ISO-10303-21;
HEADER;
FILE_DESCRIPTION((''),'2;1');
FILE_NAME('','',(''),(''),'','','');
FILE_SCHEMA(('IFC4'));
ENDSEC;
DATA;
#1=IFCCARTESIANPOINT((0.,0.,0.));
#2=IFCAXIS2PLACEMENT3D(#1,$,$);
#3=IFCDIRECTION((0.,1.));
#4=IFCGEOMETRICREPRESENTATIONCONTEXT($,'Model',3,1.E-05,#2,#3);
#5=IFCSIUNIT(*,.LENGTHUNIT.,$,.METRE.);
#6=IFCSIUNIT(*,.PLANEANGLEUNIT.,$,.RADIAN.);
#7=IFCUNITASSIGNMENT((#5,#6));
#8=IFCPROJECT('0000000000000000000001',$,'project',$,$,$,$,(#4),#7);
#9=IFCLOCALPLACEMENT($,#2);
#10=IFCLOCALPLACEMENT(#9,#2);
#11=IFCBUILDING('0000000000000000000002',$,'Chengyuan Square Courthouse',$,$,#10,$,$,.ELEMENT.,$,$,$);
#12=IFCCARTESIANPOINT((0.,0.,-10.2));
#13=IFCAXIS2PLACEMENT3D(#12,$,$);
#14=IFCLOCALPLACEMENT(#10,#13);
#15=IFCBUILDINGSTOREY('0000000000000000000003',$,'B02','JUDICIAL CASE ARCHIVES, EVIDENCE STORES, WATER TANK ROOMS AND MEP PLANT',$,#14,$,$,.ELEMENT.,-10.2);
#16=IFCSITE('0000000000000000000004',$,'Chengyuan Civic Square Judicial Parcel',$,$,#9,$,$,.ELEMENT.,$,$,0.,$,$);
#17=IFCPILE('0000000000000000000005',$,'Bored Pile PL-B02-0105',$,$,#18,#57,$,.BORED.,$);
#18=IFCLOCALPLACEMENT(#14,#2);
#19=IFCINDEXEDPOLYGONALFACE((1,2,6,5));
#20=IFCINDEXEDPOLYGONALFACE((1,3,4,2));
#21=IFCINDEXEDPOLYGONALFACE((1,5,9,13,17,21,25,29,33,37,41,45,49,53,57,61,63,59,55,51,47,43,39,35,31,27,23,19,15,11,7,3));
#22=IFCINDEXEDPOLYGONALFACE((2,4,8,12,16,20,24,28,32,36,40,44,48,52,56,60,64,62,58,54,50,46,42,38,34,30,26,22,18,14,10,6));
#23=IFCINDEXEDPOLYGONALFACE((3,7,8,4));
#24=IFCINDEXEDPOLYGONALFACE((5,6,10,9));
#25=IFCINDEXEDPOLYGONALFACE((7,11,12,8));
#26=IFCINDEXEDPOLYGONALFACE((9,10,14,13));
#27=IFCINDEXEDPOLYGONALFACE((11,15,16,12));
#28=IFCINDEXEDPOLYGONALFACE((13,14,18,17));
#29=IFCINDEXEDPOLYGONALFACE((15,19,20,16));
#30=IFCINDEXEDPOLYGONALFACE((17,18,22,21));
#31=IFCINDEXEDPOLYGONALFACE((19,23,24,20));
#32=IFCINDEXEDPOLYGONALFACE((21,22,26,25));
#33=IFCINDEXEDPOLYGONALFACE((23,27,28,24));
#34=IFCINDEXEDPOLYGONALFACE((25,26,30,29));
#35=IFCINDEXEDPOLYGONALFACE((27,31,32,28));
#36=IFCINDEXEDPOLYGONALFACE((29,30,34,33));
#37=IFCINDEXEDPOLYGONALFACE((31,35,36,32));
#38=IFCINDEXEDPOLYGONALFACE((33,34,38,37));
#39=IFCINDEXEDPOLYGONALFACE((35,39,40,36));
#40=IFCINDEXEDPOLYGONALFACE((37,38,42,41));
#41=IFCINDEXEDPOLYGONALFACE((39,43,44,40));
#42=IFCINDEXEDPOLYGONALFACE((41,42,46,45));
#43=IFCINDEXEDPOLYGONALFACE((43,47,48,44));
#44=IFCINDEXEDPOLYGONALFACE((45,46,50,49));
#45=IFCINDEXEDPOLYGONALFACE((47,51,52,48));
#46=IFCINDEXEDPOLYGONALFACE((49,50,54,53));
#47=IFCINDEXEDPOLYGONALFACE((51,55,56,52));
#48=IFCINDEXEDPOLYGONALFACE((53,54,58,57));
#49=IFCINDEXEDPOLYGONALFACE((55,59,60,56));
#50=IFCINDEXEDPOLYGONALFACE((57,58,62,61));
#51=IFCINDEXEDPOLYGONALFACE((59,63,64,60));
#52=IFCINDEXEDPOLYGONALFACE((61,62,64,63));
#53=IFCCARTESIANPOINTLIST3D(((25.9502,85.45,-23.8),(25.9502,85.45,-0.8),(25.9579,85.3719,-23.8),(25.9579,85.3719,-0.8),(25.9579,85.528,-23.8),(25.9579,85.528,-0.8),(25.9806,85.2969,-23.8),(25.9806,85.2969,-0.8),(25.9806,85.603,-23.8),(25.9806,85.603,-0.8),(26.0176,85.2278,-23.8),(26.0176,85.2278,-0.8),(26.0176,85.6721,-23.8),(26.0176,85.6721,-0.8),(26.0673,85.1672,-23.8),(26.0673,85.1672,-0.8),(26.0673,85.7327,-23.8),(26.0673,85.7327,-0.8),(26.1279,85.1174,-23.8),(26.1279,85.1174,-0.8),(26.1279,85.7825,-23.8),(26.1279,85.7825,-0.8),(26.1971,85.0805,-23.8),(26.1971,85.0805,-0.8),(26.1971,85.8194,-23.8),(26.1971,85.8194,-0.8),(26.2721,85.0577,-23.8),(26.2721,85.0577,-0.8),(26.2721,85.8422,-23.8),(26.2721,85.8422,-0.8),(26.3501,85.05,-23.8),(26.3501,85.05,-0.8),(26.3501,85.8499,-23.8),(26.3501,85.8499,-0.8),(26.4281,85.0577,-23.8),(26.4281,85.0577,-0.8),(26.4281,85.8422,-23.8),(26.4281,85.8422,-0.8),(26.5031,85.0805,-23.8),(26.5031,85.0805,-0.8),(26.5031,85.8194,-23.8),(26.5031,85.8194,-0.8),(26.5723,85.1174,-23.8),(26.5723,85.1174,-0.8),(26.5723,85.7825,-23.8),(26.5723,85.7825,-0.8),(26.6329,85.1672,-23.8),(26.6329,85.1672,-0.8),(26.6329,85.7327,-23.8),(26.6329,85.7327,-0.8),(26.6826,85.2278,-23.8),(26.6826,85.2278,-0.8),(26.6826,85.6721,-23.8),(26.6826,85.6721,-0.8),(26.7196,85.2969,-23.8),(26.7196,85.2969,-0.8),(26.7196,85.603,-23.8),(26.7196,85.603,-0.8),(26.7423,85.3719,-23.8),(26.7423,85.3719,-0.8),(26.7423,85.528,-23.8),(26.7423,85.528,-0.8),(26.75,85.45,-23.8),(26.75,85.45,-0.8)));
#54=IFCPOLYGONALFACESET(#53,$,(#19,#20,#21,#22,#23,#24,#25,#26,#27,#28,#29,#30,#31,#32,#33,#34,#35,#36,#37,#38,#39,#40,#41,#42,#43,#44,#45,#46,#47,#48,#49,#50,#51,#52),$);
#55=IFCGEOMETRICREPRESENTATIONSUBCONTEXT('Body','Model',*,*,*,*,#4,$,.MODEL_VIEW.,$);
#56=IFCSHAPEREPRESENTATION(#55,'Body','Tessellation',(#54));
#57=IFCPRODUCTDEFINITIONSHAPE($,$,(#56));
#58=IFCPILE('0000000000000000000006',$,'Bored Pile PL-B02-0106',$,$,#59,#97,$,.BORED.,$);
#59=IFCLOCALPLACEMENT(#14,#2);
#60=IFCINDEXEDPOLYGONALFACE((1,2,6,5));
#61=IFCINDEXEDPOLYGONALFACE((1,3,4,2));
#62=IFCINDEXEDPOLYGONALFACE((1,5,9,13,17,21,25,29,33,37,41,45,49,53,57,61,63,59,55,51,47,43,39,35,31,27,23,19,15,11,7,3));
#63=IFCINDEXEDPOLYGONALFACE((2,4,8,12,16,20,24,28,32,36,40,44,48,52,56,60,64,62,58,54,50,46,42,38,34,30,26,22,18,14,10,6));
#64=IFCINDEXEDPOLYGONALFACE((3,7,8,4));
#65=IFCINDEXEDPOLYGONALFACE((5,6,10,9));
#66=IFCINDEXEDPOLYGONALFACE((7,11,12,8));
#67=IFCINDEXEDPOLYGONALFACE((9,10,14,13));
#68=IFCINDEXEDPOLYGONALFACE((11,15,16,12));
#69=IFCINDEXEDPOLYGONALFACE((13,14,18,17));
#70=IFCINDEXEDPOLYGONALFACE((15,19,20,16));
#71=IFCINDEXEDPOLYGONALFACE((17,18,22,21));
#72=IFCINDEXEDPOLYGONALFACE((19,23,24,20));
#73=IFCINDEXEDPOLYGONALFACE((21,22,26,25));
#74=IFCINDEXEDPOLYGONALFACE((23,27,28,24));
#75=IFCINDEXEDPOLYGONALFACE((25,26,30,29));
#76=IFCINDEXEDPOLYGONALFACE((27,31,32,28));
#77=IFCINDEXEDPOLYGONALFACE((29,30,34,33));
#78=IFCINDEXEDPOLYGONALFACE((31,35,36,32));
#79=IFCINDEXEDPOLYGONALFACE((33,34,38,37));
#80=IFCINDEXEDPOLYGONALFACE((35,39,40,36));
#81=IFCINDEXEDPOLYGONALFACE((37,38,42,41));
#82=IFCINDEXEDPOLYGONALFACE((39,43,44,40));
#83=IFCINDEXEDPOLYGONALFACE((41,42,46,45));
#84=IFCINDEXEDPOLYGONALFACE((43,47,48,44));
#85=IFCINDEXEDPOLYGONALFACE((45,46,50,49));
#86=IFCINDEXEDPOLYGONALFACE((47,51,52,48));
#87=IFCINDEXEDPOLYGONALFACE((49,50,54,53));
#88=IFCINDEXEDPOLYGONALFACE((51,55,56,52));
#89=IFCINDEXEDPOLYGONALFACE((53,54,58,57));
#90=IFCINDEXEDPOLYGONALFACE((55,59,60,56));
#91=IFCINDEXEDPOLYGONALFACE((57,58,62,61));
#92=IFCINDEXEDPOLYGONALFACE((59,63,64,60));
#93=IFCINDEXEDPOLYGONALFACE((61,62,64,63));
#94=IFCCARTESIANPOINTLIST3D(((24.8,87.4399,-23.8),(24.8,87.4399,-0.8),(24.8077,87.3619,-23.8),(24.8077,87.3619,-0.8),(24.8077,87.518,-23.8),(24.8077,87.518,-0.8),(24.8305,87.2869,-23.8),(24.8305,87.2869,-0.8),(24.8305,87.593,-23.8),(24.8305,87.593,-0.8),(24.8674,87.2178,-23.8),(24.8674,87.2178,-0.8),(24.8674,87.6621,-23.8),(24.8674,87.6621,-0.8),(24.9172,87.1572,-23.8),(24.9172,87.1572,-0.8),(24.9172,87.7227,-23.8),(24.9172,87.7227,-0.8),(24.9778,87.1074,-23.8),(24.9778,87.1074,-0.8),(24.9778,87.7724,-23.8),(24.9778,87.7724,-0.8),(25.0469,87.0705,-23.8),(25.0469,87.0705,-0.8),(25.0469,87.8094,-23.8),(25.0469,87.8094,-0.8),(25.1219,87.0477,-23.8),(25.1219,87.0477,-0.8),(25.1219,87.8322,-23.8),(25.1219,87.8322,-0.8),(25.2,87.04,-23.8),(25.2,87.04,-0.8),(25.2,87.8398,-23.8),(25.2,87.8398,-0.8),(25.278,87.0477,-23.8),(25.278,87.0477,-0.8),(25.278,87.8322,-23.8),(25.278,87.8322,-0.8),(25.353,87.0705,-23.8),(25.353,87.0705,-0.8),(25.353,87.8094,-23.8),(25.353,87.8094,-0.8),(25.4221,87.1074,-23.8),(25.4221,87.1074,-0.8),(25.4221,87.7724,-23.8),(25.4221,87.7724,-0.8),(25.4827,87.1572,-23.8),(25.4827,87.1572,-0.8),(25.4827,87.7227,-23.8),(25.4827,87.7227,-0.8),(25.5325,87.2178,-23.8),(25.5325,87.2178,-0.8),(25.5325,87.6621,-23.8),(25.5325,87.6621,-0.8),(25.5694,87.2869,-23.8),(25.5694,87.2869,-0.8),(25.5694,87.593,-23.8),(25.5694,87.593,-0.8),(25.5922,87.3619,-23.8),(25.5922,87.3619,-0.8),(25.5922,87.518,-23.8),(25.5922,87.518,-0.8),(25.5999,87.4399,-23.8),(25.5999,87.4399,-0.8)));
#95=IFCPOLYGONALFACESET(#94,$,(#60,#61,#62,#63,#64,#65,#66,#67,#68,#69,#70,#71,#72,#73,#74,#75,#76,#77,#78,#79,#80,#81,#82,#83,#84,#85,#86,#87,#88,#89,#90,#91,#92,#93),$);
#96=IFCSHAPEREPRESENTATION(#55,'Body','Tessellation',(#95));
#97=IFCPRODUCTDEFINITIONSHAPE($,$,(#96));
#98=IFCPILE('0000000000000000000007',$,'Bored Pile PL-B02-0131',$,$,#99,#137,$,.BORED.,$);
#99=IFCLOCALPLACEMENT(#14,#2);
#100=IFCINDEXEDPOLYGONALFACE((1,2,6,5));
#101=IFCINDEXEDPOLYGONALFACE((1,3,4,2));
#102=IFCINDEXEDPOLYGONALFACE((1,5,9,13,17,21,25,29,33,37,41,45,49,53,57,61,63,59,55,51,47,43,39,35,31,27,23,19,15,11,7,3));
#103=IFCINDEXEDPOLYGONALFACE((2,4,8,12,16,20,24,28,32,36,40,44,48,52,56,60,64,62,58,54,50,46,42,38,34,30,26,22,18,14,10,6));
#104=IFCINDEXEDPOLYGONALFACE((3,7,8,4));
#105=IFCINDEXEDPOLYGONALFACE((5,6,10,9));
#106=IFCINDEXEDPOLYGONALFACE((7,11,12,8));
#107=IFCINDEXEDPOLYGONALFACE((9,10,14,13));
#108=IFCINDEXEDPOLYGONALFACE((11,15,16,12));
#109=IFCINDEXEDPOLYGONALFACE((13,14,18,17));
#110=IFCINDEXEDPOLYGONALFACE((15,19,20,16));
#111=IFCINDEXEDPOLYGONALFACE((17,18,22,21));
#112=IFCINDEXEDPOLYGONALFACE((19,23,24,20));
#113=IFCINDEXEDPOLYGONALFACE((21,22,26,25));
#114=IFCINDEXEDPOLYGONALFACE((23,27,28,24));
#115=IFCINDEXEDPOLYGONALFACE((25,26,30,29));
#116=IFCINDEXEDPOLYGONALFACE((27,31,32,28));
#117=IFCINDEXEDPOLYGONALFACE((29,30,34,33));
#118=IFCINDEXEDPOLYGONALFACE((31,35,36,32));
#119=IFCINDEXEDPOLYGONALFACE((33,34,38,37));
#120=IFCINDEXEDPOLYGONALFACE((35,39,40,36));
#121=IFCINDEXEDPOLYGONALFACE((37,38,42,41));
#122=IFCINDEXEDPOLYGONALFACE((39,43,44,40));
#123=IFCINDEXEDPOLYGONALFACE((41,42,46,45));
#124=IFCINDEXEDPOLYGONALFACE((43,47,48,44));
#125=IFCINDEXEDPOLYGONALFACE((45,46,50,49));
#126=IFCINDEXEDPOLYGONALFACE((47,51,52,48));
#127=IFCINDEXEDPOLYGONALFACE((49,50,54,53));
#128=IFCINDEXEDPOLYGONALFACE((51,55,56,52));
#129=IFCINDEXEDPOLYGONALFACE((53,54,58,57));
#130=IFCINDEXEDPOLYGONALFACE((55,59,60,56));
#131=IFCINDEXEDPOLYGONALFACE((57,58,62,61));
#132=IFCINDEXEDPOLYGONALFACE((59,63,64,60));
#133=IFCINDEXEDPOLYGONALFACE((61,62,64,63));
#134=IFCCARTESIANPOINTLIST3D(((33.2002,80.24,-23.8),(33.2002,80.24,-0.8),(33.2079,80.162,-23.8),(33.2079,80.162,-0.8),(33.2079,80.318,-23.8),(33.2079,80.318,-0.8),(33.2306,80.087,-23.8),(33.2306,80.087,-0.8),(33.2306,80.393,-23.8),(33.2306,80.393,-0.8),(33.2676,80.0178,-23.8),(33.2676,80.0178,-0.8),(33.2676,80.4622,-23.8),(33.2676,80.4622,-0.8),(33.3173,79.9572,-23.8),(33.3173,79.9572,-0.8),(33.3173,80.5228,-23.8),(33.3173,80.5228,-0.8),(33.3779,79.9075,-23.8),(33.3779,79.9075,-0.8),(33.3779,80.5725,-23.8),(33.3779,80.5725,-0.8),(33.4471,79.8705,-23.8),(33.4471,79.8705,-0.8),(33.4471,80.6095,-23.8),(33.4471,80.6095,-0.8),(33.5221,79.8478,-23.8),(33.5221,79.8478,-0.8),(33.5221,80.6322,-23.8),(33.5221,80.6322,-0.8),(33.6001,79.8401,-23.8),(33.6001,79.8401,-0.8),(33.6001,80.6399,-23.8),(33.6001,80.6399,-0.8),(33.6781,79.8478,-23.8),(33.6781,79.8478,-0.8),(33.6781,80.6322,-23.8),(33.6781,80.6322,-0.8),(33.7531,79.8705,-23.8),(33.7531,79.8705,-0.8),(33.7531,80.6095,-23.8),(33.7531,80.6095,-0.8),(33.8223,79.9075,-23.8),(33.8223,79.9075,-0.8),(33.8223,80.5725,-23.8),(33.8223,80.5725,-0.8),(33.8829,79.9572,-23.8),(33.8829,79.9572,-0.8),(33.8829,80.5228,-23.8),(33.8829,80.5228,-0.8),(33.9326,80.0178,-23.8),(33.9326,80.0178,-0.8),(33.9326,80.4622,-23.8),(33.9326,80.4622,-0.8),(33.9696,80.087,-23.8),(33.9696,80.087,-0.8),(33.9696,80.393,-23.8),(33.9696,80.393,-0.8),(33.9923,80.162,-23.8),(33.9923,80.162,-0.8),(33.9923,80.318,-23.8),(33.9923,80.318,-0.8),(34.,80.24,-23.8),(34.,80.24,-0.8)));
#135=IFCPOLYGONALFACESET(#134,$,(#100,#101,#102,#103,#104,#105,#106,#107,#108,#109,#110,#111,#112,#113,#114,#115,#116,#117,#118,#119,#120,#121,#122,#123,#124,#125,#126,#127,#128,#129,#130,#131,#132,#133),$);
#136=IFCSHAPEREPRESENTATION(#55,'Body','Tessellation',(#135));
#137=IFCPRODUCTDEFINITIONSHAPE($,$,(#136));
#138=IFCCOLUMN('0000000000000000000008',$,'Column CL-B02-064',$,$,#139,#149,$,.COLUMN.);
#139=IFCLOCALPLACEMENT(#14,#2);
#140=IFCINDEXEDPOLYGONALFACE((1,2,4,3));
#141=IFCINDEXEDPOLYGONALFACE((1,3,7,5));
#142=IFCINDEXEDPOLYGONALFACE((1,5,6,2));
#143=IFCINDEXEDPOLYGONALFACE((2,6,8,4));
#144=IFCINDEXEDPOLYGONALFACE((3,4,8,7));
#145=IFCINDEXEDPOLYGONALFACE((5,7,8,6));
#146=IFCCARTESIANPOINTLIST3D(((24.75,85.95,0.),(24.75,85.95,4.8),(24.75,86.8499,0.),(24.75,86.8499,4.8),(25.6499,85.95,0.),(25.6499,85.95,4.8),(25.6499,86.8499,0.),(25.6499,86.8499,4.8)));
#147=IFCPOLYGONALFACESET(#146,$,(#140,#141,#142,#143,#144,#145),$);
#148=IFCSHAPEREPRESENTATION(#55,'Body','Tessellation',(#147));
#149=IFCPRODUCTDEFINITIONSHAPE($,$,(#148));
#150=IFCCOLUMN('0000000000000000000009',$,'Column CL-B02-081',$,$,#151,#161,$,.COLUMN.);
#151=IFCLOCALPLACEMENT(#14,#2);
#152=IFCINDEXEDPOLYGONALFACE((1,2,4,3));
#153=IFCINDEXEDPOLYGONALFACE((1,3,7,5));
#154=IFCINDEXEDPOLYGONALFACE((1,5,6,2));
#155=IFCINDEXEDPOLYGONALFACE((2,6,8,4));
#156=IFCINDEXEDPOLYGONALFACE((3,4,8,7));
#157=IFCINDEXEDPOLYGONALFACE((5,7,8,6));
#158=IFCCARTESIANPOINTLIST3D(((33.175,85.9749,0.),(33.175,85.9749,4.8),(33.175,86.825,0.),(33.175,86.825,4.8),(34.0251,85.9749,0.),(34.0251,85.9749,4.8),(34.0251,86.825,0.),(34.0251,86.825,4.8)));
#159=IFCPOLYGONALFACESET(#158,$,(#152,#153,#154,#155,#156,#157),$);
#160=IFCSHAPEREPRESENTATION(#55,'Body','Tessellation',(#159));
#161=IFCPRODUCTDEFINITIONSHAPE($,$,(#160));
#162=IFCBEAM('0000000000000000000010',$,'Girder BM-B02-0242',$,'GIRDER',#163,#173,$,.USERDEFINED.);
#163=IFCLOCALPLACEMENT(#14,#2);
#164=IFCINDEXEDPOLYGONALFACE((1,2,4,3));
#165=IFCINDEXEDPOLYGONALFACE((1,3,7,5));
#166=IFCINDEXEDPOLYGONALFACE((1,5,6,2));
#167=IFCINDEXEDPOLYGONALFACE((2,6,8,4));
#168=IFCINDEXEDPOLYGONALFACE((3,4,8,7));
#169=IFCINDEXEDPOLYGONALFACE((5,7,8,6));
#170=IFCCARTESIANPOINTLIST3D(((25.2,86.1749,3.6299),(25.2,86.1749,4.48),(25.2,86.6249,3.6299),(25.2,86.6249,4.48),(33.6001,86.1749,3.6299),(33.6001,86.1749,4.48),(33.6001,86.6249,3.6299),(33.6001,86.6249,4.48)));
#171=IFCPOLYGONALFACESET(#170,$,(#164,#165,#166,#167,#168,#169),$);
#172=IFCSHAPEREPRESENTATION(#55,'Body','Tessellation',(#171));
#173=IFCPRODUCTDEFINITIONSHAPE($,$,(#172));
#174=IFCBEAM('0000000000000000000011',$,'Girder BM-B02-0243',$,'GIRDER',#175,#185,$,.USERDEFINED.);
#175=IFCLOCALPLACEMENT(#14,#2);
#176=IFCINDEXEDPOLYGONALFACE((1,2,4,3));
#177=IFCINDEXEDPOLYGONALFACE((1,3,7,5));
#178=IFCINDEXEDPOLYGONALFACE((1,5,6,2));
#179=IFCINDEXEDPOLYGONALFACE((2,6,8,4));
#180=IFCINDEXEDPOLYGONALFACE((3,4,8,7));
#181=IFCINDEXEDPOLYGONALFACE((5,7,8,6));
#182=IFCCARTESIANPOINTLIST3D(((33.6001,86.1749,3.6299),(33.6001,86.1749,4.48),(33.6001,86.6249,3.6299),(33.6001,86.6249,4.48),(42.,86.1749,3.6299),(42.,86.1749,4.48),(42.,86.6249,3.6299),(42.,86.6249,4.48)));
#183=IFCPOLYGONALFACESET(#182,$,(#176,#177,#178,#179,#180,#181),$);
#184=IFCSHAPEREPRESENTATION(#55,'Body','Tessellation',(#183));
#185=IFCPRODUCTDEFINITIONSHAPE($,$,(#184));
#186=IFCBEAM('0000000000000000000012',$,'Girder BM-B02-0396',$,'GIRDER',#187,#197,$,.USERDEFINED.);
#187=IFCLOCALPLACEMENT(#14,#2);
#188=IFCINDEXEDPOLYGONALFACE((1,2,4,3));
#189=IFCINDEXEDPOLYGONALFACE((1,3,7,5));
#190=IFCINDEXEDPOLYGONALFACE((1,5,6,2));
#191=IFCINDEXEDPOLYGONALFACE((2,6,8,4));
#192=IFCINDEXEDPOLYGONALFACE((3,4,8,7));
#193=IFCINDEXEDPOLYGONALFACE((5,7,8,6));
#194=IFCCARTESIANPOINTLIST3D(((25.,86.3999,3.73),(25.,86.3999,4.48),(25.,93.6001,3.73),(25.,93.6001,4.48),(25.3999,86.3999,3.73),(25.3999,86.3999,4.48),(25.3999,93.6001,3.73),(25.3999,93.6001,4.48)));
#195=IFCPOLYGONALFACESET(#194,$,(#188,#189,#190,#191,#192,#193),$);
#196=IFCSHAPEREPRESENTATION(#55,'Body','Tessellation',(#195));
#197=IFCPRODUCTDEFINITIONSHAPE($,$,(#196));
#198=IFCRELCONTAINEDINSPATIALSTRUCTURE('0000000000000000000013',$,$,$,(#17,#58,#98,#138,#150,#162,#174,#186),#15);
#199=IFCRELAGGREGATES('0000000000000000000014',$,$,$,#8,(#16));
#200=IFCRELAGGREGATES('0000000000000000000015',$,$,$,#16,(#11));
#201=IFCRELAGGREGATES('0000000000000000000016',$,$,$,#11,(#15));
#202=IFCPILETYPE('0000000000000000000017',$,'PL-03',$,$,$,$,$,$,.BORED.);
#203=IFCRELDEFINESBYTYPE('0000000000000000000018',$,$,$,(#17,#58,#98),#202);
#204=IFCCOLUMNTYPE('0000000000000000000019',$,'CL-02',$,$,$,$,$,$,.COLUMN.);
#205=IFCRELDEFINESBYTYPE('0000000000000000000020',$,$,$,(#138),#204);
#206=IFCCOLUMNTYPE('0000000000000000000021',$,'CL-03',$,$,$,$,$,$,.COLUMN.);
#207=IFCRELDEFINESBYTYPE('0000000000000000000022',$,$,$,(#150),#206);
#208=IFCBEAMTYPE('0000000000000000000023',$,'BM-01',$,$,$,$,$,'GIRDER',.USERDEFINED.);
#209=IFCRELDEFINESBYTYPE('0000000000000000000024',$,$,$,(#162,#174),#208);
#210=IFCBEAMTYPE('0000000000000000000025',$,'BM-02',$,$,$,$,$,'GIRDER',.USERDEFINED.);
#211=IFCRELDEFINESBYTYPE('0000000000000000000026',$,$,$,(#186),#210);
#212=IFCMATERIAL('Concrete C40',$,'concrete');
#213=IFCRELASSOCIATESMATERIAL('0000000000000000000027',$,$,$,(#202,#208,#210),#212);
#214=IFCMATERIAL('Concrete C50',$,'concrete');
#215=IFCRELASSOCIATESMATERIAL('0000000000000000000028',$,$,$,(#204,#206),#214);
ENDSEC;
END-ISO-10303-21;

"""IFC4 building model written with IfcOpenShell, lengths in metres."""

from ifc_helpers import new_model, si_unit, direction, frame, origin, origin_2d, place, context, subcontext, project, spatial, rectangle, circle, extrude, material, material_profile, profile_set, type_object, element, save


model = new_model("IFC4")

# Units and contexts
model_context = context("Model", 3, precision=1e-05, world=origin(), true_north=direction((0.0, 1.0)))
body_context = subcontext(model_context, "Body", "Model", "MODEL_VIEW")
ifc_project = project(units=[si_unit("LENGTHUNIT", "METRE"), si_unit("PLANEANGLEUNIT", "RADIAN")], contexts=[model_context])

# Site, building, storey
site_placement = place(None, origin())
site = spatial("IfcSite", under=ifc_project, at=site_placement, Name="Chengyuan Civic Square Judicial Parcel", CompositionType="ELEMENT", RefElevation=0.0)
building_placement = place(site_placement, origin())
building = spatial("IfcBuilding", under=site, at=building_placement, Name="Chengyuan Square Courthouse", CompositionType="ELEMENT")
storey_placement = place(building_placement, frame((0.0, 0.0, -10.2)))
storey = spatial("IfcBuildingStorey", under=building, at=storey_placement, Name="B02", Description="JUDICIAL CASE ARCHIVES, EVIDENCE STORES, WATER TANK ROOMS AND MEP PLANT", CompositionType="ELEMENT", Elevation=-10.2)

# Shared definitions
ifc_material_1 = material(Name="Concrete C40", Category="concrete")

# Piles
ifc_material_profile_1 = material_profile(ifc_material_1, circle(Radius=0.3999, at=origin_2d()), Name="BORED PILE D800")
ifc_profile_set_1 = profile_set([ifc_material_profile_1], Name="Concrete C40")
pile_type_1 = type_object("IfcPileType", Name="PL-03", PredefinedType="BORED", material=ifc_profile_set_1)
for number, where, z_axis, x_axis, name in (
    (1, (26.3501, 85.45, -0.8), (0.0, 0.0, -1.0), (1.0, 0.0, 0.0), "Bored Pile PL-B02-0105"),
    (2, (25.2, 87.4399, -0.8), (0.0, 0.0, -1.0), (1.0, 0.0, 0.0), "Bored Pile PL-B02-0106"),
    (3, (33.6001, 80.24, -0.8), (0.0, 0.0, -1.0), (1.0, 0.0, 0.0), "Bored Pile PL-B02-0131"),
):
    element("IfcPile", number, at=place(storey_placement, frame(where, z_axis=z_axis, x_axis=x_axis)), inside=storey, type_object=pile_type_1, Name=name, PredefinedType="BORED", context=body_context, shape_type="SweptSolid", body=[
        extrude(circle(Radius=0.3999, at=origin_2d()), origin(), (0.0, 0.0, 1.0), 23.0),
    ])

# Columns
ifc_material_2 = material(Name="Concrete C50", Category="concrete")
ifc_material_profile_2 = material_profile(ifc_material_2, rectangle(XDim=0.8999, YDim=0.8999, at=origin_2d()), Name="RC-COL-900x900")
ifc_profile_set_2 = profile_set([ifc_material_profile_2], Name="Concrete C50")
column_type_1 = type_object("IfcColumnType", Name="CL-02", PredefinedType="COLUMN", material=ifc_profile_set_2)
column_1_placement = place(storey_placement, frame((25.2, 86.3999, 0.0), z_axis=(0.0, 0.0, 1.0), x_axis=(1.0, 0.0, 0.0)))
element("IfcColumn", 4, at=column_1_placement, inside=storey, type_object=column_type_1, Name="Column CL-B02-064", PredefinedType="COLUMN", context=body_context, shape_type="SweptSolid", body=[
    extrude(rectangle(XDim=0.8999, YDim=0.8999, at=origin_2d()), origin(), (0.0, 0.0, 1.0), 4.8),
])
ifc_material_profile_3 = material_profile(ifc_material_2, rectangle(XDim=0.8501, YDim=0.8501, at=origin_2d()), Name="RC-COL-850x850")
ifc_profile_set_3 = profile_set([ifc_material_profile_3], Name="Concrete C50")
column_type_2 = type_object("IfcColumnType", Name="CL-03", PredefinedType="COLUMN", material=ifc_profile_set_3)
column_2_placement = place(storey_placement, frame((33.6001, 86.3999, 0.0), z_axis=(0.0, 0.0, 1.0), x_axis=(1.0, 0.0, 0.0)))
element("IfcColumn", 5, at=column_2_placement, inside=storey, type_object=column_type_2, Name="Column CL-B02-081", PredefinedType="COLUMN", context=body_context, shape_type="SweptSolid", body=[
    extrude(rectangle(XDim=0.8501, YDim=0.8501, at=origin_2d()), origin(), (0.0, 0.0, 1.0), 4.8),
])

# Beams
ifc_material_profile_4 = material_profile(ifc_material_1, rectangle(XDim=0.45, YDim=0.8501, at=origin_2d()), Name="RC-BM-450x850")
ifc_profile_set_4 = profile_set([ifc_material_profile_4], Name="Concrete C40")
beam_type_1 = type_object("IfcBeamType", Name="BM-01", ElementType="GIRDER", PredefinedType="USERDEFINED", material=ifc_profile_set_4)
beam_1_placement = place(storey_placement, frame((25.2, 86.3999, 4.0549), z_axis=(1.0, 0.0, 0.0), x_axis=(0.0, 1.0, 0.0)))
element("IfcBeam", 6, at=beam_1_placement, inside=storey, type_object=beam_type_1, Name="Girder BM-B02-0242", ObjectType="GIRDER", PredefinedType="USERDEFINED", context=body_context, shape_type="SweptSolid", body=[
    extrude(rectangle(XDim=0.45, YDim=0.8501, at=origin_2d()), origin(), (0.0, 0.0, 1.0), 8.4001),
])
beam_2_placement = place(storey_placement, frame((33.6001, 86.3999, 4.0549), z_axis=(1.0, 0.0, 0.0), x_axis=(0.0, 1.0, 0.0)))
element("IfcBeam", 7, at=beam_2_placement, inside=storey, type_object=beam_type_1, Name="Girder BM-B02-0243", ObjectType="GIRDER", PredefinedType="USERDEFINED", context=body_context, shape_type="SweptSolid", body=[
    extrude(rectangle(XDim=0.45, YDim=0.8501, at=origin_2d()), origin(), (0.0, 0.0, 1.0), 8.3999),
])
ifc_material_profile_5 = material_profile(ifc_material_1, rectangle(XDim=0.3999, YDim=0.75, at=origin_2d()), Name="RC-BM-400x750")
ifc_profile_set_5 = profile_set([ifc_material_profile_5], Name="Concrete C40")
beam_type_2 = type_object("IfcBeamType", Name="BM-02", ElementType="GIRDER", PredefinedType="USERDEFINED", material=ifc_profile_set_5)
for number, where, z_axis, x_axis, name in (
    (8, (25.2, 86.3999, 4.105), (0.0, 1.0, 0.0), (-1.0, 0.0, 0.0), "Girder BM-B02-0396"),
):
    element("IfcBeam", number, at=place(storey_placement, frame(where, z_axis=z_axis, x_axis=x_axis)), inside=storey, type_object=beam_type_2, Name=name, ObjectType="GIRDER", PredefinedType="USERDEFINED", context=body_context, shape_type="SweptSolid", body=[
        extrude(rectangle(XDim=0.3999, YDim=0.75, at=origin_2d()), origin(), (0.0, 0.0, 1.0), 7.2002),
    ])

save(model, "model.ifc")
